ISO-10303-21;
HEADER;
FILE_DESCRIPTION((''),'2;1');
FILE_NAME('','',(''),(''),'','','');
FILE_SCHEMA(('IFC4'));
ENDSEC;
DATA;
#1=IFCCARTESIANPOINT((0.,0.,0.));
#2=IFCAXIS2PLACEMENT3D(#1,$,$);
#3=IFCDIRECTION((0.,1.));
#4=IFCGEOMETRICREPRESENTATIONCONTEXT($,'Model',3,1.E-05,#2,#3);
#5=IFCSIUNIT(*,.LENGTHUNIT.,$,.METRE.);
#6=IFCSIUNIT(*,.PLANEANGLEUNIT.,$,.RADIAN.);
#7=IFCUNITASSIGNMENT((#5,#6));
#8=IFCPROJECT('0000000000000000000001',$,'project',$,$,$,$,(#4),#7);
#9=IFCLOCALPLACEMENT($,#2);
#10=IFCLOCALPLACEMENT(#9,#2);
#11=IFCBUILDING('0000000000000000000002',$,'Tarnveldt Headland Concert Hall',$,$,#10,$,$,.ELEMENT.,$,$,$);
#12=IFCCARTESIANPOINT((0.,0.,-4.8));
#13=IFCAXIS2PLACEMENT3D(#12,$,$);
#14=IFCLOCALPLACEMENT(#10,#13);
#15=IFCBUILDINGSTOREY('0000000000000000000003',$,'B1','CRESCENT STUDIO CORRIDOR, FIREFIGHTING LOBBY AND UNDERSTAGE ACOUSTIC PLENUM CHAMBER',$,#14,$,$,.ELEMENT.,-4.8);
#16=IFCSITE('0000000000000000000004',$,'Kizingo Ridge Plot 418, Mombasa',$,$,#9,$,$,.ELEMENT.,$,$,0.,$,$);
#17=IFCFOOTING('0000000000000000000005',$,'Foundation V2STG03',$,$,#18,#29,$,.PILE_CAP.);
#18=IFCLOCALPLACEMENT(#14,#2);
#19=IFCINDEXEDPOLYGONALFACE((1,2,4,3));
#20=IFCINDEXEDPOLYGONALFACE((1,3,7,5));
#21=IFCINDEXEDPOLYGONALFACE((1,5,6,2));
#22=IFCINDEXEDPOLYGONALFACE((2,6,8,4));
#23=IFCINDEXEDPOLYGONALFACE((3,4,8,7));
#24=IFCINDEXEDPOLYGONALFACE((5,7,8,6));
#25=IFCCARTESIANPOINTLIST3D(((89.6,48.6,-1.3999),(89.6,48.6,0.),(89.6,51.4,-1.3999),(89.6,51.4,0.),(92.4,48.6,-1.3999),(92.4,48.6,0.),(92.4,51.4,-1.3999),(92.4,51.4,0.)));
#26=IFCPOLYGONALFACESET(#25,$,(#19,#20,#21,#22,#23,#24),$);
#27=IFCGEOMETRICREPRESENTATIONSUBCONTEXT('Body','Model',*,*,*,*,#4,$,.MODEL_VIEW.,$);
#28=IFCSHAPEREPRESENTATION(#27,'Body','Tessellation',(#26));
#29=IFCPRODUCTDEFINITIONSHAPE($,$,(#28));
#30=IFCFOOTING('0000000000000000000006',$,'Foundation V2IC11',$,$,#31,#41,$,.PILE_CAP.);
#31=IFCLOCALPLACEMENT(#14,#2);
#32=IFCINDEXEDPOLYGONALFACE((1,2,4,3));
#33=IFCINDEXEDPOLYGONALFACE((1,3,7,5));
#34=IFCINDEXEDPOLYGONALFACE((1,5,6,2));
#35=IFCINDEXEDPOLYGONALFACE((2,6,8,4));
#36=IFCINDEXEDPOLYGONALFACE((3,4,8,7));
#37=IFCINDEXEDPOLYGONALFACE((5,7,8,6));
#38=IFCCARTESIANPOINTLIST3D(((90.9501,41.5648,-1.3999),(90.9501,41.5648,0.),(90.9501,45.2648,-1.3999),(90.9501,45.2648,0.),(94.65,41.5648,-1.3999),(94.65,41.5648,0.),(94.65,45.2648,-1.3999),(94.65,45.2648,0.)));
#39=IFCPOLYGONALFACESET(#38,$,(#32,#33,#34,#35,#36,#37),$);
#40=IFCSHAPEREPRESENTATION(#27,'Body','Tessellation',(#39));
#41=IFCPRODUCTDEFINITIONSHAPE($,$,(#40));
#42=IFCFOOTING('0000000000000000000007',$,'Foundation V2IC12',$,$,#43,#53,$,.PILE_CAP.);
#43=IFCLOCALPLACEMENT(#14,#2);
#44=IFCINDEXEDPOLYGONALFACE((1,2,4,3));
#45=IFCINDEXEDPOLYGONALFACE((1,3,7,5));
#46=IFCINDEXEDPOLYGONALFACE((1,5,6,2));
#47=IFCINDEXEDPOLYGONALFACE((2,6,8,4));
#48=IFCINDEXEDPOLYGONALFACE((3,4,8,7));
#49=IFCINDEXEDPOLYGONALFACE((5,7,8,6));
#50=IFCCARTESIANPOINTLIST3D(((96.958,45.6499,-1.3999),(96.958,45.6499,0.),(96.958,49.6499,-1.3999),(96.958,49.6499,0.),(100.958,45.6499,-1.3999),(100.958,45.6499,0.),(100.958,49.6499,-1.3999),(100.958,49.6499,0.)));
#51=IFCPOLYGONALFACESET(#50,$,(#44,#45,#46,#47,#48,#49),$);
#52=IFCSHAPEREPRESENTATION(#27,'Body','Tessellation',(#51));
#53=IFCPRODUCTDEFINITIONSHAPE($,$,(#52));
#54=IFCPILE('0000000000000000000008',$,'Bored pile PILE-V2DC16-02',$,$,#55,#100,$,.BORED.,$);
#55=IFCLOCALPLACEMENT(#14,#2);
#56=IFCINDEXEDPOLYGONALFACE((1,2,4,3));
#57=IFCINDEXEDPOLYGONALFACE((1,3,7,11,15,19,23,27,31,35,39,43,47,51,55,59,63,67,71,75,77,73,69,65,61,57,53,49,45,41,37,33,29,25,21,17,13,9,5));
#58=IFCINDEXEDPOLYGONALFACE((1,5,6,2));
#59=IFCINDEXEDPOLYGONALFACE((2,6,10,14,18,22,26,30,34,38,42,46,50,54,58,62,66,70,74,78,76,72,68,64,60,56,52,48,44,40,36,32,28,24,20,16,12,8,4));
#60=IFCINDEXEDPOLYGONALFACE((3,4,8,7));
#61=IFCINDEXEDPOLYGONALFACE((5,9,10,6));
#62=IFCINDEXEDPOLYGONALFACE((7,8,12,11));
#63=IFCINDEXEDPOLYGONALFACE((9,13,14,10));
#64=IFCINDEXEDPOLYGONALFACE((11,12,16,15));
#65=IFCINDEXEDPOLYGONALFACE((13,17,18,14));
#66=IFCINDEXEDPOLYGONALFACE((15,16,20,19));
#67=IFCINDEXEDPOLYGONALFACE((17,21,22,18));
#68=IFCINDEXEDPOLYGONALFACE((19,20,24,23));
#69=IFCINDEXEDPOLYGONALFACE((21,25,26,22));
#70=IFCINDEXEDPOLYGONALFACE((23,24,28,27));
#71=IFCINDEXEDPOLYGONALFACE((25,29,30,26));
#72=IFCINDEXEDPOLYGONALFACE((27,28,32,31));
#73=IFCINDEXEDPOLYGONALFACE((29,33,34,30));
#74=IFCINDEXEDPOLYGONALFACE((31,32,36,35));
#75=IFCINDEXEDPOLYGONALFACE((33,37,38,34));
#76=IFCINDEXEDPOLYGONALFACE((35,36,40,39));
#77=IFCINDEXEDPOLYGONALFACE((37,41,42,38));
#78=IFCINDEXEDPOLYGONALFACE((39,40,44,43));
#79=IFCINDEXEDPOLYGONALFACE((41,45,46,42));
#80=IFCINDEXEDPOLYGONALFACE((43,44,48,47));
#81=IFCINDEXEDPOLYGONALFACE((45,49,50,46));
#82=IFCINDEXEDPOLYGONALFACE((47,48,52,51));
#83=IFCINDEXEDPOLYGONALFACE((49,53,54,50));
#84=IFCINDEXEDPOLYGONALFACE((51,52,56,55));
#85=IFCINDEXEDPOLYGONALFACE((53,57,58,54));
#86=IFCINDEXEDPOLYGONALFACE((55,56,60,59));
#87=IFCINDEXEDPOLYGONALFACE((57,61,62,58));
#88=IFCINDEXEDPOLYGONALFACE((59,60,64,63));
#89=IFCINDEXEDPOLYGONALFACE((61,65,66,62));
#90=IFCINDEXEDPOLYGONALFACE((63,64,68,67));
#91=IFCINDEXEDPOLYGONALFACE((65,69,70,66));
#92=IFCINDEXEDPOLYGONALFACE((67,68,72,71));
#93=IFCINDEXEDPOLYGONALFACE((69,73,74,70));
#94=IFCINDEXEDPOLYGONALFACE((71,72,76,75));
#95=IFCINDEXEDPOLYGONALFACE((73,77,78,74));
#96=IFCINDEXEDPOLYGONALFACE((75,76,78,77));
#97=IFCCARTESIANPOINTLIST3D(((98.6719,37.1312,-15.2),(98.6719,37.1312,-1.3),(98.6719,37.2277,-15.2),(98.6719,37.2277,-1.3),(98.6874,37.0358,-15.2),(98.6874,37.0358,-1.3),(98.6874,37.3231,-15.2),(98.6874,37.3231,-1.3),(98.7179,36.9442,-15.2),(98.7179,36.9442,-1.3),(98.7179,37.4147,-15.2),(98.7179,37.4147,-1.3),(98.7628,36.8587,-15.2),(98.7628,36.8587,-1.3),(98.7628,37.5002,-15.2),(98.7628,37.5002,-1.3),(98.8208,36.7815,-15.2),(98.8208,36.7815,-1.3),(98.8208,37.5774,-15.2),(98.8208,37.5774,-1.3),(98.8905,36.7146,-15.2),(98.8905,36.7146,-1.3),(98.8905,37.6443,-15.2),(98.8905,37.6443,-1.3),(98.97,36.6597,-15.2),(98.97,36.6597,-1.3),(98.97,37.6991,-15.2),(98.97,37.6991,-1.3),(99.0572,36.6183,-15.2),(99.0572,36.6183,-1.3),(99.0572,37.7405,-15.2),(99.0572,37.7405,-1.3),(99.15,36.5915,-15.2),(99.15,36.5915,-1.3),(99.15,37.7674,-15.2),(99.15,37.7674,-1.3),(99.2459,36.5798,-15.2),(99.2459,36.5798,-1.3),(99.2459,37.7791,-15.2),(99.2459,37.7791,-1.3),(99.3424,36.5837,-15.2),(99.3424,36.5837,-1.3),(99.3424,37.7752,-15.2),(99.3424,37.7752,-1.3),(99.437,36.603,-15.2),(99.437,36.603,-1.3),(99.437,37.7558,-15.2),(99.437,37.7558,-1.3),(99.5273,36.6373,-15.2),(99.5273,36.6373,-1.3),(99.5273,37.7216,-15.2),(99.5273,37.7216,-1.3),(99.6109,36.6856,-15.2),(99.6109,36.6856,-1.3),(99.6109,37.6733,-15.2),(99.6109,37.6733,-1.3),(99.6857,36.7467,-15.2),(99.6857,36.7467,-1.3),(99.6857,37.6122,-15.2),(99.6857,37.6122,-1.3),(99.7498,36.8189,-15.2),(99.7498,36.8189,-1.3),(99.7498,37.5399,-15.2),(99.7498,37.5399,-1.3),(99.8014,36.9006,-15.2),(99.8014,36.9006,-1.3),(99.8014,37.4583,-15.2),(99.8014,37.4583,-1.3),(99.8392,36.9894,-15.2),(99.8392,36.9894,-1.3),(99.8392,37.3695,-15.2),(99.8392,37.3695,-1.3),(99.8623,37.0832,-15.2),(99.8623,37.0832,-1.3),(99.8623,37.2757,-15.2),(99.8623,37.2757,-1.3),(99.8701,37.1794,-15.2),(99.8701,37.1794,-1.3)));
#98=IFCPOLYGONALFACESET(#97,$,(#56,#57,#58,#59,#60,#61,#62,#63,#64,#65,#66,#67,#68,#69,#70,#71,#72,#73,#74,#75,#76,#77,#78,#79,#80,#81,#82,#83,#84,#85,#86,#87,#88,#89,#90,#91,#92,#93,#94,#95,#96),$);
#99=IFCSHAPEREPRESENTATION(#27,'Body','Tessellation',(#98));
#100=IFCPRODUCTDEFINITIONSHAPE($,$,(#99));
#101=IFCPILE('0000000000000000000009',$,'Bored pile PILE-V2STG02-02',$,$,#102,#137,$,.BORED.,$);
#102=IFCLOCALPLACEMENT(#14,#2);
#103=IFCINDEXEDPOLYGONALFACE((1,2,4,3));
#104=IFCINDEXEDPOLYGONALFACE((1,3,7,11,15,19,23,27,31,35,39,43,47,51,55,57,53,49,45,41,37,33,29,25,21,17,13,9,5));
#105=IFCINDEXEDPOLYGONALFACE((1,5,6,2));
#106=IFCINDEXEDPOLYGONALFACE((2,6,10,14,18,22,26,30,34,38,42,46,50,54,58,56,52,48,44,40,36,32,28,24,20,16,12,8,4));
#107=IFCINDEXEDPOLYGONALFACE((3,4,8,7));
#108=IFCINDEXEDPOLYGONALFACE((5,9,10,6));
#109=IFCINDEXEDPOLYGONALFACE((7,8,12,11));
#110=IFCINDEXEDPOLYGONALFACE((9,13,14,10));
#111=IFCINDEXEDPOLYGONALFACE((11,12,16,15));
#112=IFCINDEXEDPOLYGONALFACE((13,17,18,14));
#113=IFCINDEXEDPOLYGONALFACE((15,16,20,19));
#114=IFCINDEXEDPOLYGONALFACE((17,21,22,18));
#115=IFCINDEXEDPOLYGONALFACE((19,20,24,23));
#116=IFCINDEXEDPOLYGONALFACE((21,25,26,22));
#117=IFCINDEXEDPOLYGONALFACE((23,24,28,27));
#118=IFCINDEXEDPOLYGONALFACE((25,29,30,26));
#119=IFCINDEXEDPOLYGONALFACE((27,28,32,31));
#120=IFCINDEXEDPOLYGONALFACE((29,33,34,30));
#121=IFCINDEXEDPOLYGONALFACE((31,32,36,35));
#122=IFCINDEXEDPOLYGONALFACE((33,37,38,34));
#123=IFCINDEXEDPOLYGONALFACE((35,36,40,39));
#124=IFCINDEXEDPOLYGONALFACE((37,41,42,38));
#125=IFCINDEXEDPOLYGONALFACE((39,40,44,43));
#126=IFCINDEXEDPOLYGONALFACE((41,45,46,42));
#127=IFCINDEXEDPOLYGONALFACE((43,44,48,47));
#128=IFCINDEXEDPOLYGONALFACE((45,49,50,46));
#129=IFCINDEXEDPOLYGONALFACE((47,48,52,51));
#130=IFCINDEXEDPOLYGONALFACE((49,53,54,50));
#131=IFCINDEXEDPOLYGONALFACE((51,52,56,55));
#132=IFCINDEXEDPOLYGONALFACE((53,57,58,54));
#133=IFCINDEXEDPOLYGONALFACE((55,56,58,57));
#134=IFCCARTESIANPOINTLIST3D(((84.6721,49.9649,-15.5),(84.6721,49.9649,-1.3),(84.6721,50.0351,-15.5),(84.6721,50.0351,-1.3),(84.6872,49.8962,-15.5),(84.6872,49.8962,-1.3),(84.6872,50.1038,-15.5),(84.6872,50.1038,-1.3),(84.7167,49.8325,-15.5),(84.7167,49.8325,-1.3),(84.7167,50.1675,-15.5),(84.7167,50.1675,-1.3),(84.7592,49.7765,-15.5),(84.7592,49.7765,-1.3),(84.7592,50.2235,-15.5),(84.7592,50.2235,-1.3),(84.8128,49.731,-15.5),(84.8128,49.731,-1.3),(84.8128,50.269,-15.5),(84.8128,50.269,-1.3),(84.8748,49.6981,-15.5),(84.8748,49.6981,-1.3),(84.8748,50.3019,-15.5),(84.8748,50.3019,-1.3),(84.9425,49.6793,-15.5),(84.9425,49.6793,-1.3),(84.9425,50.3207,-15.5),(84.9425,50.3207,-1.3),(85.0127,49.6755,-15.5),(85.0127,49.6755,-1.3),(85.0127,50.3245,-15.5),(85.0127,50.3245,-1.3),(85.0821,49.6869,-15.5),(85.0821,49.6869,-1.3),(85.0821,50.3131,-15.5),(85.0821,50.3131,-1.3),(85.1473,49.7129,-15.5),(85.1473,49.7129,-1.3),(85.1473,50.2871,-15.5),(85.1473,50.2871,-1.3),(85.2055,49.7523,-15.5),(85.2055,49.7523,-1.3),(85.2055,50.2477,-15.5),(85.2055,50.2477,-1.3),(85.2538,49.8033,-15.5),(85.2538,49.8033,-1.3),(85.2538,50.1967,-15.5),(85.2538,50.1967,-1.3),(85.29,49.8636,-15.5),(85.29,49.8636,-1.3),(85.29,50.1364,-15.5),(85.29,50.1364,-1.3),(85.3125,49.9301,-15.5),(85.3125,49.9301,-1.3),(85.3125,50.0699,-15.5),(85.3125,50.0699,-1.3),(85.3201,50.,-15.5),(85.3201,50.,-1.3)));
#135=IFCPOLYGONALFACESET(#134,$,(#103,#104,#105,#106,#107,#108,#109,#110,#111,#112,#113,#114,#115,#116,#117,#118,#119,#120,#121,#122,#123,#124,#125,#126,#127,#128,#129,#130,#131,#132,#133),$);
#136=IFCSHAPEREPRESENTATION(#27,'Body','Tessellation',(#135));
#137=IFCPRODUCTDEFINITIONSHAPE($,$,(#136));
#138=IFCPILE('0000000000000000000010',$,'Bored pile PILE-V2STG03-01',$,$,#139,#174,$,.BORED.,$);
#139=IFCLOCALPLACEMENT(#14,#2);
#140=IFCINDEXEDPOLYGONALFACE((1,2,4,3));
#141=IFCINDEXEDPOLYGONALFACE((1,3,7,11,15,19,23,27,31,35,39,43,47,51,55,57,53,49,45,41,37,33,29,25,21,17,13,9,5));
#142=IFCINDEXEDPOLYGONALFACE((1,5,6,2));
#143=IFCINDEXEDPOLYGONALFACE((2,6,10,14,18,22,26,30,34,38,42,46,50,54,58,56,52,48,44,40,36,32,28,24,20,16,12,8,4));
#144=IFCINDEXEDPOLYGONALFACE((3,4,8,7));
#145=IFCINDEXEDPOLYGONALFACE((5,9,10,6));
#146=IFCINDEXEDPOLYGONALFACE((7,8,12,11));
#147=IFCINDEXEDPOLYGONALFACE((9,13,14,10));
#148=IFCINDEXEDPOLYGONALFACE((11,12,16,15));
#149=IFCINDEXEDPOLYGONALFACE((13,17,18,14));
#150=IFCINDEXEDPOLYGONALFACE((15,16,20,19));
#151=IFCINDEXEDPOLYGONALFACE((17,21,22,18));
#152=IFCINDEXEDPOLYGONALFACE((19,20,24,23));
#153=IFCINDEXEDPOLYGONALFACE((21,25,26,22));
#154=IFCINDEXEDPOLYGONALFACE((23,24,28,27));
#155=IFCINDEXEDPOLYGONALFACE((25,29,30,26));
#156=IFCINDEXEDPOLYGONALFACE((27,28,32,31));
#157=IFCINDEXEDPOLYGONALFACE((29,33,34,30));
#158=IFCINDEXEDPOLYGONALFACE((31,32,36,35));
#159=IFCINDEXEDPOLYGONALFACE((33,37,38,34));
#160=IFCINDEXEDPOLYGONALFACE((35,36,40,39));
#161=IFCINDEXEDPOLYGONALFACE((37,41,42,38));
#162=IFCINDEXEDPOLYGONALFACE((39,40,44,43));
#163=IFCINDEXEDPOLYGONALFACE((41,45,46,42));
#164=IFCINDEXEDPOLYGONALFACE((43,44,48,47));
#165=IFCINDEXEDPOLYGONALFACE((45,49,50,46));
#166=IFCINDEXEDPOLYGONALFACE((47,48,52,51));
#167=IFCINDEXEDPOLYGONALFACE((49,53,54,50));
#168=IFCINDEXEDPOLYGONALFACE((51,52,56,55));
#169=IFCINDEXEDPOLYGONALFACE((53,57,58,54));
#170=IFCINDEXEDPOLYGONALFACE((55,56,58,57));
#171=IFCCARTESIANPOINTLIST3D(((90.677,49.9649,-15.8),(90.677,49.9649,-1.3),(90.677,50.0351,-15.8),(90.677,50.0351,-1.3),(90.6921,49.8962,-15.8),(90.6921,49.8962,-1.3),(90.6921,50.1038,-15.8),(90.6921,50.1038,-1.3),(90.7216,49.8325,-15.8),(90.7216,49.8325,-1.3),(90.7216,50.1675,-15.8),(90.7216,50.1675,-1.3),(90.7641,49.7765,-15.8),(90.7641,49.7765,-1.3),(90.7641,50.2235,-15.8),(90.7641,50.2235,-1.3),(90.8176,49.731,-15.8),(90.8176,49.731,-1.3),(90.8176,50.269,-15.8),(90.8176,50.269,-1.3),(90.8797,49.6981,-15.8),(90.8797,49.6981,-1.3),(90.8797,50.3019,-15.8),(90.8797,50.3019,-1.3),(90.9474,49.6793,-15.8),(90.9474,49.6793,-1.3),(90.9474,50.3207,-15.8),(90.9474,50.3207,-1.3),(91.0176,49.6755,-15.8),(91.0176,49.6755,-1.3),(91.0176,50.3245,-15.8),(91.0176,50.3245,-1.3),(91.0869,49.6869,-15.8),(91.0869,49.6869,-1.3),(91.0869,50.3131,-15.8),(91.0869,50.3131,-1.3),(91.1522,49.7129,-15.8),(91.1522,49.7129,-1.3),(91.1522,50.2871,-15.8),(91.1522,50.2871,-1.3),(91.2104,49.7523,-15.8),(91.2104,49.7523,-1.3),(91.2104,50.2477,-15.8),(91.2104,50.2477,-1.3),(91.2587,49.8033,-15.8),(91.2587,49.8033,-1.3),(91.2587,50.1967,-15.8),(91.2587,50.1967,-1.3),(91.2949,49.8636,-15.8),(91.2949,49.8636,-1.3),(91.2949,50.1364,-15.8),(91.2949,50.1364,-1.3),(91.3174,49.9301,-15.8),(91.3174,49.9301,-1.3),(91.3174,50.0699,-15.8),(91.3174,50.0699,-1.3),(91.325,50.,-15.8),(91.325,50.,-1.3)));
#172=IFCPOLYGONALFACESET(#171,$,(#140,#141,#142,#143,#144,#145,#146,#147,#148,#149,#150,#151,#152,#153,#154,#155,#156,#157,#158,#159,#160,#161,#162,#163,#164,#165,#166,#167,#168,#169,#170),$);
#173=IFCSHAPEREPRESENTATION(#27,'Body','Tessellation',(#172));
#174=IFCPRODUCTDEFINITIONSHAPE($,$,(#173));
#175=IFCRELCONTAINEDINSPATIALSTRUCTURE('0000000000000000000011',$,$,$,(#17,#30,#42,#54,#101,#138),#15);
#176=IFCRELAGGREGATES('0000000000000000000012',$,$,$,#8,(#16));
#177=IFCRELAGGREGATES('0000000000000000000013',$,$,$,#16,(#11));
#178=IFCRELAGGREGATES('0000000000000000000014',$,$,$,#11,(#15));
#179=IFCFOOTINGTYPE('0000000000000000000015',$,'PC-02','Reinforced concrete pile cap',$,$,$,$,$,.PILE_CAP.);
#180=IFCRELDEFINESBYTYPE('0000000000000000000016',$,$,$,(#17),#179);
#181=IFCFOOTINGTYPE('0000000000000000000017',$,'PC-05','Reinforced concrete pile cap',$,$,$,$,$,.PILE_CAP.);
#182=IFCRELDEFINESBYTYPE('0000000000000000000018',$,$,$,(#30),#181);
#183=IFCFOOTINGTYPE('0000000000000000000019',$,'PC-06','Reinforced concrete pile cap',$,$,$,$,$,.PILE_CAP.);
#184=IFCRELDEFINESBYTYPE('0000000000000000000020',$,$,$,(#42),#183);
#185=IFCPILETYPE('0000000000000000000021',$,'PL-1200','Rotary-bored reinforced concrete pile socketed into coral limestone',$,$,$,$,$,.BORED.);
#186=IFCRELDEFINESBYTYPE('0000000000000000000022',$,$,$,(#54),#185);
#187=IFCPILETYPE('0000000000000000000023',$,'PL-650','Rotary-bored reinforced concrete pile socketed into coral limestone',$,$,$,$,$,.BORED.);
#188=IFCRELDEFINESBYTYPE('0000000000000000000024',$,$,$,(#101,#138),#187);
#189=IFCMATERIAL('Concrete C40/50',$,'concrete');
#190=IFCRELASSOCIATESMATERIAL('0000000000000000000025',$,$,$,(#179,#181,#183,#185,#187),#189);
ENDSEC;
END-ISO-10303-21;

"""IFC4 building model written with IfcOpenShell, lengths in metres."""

from ifc_helpers import new_model, si_unit, direction, frame, origin, origin_2d, place, context, subcontext, project, spatial, rectangle, circle, extrude, material, material_profile, profile_set, type_object, element, save


model = new_model("IFC4")

# Units and contexts
model_context = context("Model", 3, precision=1e-05, world=origin(), true_north=direction((0.0, 1.0)))
body_context = subcontext(model_context, "Body", "Model", "MODEL_VIEW")
ifc_project = project(units=[si_unit("LENGTHUNIT", "METRE"), si_unit("PLANEANGLEUNIT", "RADIAN")], contexts=[model_context])

# Site, building, storey
site_placement = place(None, origin())
site = spatial("IfcSite", under=ifc_project, at=site_placement, Name="Kizingo Ridge Plot 418, Mombasa", CompositionType="ELEMENT", RefElevation=0.0)
building_placement = place(site_placement, origin())
building = spatial("IfcBuilding", under=site, at=building_placement, Name="Tarnveldt Headland Concert Hall", CompositionType="ELEMENT")
storey_placement = place(building_placement, frame((0.0, 0.0, -4.8)))
storey = spatial("IfcBuildingStorey", under=building, at=storey_placement, Name="B1", Description="CRESCENT STUDIO CORRIDOR, FIREFIGHTING LOBBY AND UNDERSTAGE ACOUSTIC PLENUM CHAMBER", CompositionType="ELEMENT", Elevation=-4.8)

# Footings
ifc_material_1 = material(Name="Concrete C40/50", Category="concrete")
footing_type_1 = type_object("IfcFootingType", Name="PC-02", Description="Reinforced concrete pile cap", PredefinedType="PILE_CAP", material=ifc_material_1)
footing_1_placement = place(storey_placement, frame((91.0, 50.0, -1.3999), z_axis=(0.0, 0.0, 1.0), x_axis=(1.0, 0.0, 0.0)))
element("IfcFooting", 1, at=footing_1_placement, inside=storey, type_object=footing_type_1, Name="Foundation V2STG03", PredefinedType="PILE_CAP", context=body_context, shape_type="SweptSolid", body=[
    extrude(rectangle(XDim=2.8, YDim=2.8, at=origin_2d()), origin(), (0.0, 0.0, 1.0), 1.3999),
])
footing_type_2 = type_object("IfcFootingType", Name="PC-05", Description="Reinforced concrete pile cap", PredefinedType="PILE_CAP", material=ifc_material_1)
footing_2_placement = place(storey_placement, frame((92.8, 43.4148, -1.3999), z_axis=(0.0, 0.0, 1.0), x_axis=(1.0, 0.0, 0.0)))
element("IfcFooting", 2, at=footing_2_placement, inside=storey, type_object=footing_type_2, Name="Foundation V2IC11", PredefinedType="PILE_CAP", context=body_context, shape_type="SweptSolid", body=[
    extrude(rectangle(XDim=3.7, YDim=3.7, at=origin_2d()), origin(), (0.0, 0.0, 1.0), 1.3999),
])
footing_type_3 = type_object("IfcFootingType", Name="PC-06", Description="Reinforced concrete pile cap", PredefinedType="PILE_CAP", material=ifc_material_1)
footing_3_placement = place(storey_placement, frame((98.958, 47.6499, -1.3999), z_axis=(0.0, 0.0, 1.0), x_axis=(1.0, 0.0, 0.0)))
element("IfcFooting", 3, at=footing_3_placement, inside=storey, type_object=footing_type_3, Name="Foundation V2IC12", PredefinedType="PILE_CAP", context=body_context, shape_type="SweptSolid", body=[
    extrude(rectangle(XDim=4.0, YDim=4.0, at=origin_2d()), origin(), (0.0, 0.0, 1.0), 1.3999),
])

# Piles
ifc_material_profile_1 = material_profile(ifc_material_1, circle(Radius=0.6001, at=origin_2d()), Name="BORED PILE D1200", Category="concrete")
ifc_profile_set_1 = profile_set([ifc_material_profile_1], Name="Concrete C40/50")
pile_type_1 = type_object("IfcPileType", Name="PL-1200", Description="Rotary-bored reinforced concrete pile socketed into coral limestone", PredefinedType="BORED", material=ifc_profile_set_1)
pile_1_placement = place(storey_placement, frame((99.27, 37.1794, -1.3), z_axis=(0.0, 0.0, -1.0), x_axis=(1.0, 0.0, 0.0)))
element("IfcPile", 4, at=pile_1_placement, inside=storey, type_object=pile_type_1, Name="Bored pile PILE-V2DC16-02", PredefinedType="BORED", context=body_context, shape_type="SweptSolid", body=[
    extrude(circle(Radius=0.6001, at=origin_2d()), origin(), (0.0, 0.0, 1.0), 13.8999),
])
ifc_material_profile_2 = material_profile(ifc_material_1, circle(Radius=0.325, at=origin_2d()), Name="BORED PILE D650", Category="concrete")
ifc_profile_set_2 = profile_set([ifc_material_profile_2], Name="Concrete C40/50")
pile_type_2 = type_object("IfcPileType", Name="PL-650", Description="Rotary-bored reinforced concrete pile socketed into coral limestone", PredefinedType="BORED", material=ifc_profile_set_2)
pile_2_placement = place(storey_placement, frame((84.9951, 50.0, -1.3), z_axis=(0.0, 0.0, -1.0), x_axis=(1.0, 0.0, 0.0)))
element("IfcPile", 5, at=pile_2_placement, inside=storey, type_object=pile_type_2, Name="Bored pile PILE-V2STG02-02", PredefinedType="BORED", context=body_context, shape_type="SweptSolid", body=[
    extrude(circle(Radius=0.325, at=origin_2d()), origin(), (0.0, 0.0, 1.0), 14.2),
])
pile_3_placement = place(storey_placement, frame((91.0, 50.0, -1.3), z_axis=(0.0, 0.0, -1.0), x_axis=(1.0, 0.0, 0.0)))
element("IfcPile", 6, at=pile_3_placement, inside=storey, type_object=pile_type_2, Name="Bored pile PILE-V2STG03-01", PredefinedType="BORED", context=body_context, shape_type="SweptSolid", body=[
    extrude(circle(Radius=0.325, at=origin_2d()), origin(), (0.0, 0.0, 1.0), 14.5),
])

save(model, "model.ifc")
